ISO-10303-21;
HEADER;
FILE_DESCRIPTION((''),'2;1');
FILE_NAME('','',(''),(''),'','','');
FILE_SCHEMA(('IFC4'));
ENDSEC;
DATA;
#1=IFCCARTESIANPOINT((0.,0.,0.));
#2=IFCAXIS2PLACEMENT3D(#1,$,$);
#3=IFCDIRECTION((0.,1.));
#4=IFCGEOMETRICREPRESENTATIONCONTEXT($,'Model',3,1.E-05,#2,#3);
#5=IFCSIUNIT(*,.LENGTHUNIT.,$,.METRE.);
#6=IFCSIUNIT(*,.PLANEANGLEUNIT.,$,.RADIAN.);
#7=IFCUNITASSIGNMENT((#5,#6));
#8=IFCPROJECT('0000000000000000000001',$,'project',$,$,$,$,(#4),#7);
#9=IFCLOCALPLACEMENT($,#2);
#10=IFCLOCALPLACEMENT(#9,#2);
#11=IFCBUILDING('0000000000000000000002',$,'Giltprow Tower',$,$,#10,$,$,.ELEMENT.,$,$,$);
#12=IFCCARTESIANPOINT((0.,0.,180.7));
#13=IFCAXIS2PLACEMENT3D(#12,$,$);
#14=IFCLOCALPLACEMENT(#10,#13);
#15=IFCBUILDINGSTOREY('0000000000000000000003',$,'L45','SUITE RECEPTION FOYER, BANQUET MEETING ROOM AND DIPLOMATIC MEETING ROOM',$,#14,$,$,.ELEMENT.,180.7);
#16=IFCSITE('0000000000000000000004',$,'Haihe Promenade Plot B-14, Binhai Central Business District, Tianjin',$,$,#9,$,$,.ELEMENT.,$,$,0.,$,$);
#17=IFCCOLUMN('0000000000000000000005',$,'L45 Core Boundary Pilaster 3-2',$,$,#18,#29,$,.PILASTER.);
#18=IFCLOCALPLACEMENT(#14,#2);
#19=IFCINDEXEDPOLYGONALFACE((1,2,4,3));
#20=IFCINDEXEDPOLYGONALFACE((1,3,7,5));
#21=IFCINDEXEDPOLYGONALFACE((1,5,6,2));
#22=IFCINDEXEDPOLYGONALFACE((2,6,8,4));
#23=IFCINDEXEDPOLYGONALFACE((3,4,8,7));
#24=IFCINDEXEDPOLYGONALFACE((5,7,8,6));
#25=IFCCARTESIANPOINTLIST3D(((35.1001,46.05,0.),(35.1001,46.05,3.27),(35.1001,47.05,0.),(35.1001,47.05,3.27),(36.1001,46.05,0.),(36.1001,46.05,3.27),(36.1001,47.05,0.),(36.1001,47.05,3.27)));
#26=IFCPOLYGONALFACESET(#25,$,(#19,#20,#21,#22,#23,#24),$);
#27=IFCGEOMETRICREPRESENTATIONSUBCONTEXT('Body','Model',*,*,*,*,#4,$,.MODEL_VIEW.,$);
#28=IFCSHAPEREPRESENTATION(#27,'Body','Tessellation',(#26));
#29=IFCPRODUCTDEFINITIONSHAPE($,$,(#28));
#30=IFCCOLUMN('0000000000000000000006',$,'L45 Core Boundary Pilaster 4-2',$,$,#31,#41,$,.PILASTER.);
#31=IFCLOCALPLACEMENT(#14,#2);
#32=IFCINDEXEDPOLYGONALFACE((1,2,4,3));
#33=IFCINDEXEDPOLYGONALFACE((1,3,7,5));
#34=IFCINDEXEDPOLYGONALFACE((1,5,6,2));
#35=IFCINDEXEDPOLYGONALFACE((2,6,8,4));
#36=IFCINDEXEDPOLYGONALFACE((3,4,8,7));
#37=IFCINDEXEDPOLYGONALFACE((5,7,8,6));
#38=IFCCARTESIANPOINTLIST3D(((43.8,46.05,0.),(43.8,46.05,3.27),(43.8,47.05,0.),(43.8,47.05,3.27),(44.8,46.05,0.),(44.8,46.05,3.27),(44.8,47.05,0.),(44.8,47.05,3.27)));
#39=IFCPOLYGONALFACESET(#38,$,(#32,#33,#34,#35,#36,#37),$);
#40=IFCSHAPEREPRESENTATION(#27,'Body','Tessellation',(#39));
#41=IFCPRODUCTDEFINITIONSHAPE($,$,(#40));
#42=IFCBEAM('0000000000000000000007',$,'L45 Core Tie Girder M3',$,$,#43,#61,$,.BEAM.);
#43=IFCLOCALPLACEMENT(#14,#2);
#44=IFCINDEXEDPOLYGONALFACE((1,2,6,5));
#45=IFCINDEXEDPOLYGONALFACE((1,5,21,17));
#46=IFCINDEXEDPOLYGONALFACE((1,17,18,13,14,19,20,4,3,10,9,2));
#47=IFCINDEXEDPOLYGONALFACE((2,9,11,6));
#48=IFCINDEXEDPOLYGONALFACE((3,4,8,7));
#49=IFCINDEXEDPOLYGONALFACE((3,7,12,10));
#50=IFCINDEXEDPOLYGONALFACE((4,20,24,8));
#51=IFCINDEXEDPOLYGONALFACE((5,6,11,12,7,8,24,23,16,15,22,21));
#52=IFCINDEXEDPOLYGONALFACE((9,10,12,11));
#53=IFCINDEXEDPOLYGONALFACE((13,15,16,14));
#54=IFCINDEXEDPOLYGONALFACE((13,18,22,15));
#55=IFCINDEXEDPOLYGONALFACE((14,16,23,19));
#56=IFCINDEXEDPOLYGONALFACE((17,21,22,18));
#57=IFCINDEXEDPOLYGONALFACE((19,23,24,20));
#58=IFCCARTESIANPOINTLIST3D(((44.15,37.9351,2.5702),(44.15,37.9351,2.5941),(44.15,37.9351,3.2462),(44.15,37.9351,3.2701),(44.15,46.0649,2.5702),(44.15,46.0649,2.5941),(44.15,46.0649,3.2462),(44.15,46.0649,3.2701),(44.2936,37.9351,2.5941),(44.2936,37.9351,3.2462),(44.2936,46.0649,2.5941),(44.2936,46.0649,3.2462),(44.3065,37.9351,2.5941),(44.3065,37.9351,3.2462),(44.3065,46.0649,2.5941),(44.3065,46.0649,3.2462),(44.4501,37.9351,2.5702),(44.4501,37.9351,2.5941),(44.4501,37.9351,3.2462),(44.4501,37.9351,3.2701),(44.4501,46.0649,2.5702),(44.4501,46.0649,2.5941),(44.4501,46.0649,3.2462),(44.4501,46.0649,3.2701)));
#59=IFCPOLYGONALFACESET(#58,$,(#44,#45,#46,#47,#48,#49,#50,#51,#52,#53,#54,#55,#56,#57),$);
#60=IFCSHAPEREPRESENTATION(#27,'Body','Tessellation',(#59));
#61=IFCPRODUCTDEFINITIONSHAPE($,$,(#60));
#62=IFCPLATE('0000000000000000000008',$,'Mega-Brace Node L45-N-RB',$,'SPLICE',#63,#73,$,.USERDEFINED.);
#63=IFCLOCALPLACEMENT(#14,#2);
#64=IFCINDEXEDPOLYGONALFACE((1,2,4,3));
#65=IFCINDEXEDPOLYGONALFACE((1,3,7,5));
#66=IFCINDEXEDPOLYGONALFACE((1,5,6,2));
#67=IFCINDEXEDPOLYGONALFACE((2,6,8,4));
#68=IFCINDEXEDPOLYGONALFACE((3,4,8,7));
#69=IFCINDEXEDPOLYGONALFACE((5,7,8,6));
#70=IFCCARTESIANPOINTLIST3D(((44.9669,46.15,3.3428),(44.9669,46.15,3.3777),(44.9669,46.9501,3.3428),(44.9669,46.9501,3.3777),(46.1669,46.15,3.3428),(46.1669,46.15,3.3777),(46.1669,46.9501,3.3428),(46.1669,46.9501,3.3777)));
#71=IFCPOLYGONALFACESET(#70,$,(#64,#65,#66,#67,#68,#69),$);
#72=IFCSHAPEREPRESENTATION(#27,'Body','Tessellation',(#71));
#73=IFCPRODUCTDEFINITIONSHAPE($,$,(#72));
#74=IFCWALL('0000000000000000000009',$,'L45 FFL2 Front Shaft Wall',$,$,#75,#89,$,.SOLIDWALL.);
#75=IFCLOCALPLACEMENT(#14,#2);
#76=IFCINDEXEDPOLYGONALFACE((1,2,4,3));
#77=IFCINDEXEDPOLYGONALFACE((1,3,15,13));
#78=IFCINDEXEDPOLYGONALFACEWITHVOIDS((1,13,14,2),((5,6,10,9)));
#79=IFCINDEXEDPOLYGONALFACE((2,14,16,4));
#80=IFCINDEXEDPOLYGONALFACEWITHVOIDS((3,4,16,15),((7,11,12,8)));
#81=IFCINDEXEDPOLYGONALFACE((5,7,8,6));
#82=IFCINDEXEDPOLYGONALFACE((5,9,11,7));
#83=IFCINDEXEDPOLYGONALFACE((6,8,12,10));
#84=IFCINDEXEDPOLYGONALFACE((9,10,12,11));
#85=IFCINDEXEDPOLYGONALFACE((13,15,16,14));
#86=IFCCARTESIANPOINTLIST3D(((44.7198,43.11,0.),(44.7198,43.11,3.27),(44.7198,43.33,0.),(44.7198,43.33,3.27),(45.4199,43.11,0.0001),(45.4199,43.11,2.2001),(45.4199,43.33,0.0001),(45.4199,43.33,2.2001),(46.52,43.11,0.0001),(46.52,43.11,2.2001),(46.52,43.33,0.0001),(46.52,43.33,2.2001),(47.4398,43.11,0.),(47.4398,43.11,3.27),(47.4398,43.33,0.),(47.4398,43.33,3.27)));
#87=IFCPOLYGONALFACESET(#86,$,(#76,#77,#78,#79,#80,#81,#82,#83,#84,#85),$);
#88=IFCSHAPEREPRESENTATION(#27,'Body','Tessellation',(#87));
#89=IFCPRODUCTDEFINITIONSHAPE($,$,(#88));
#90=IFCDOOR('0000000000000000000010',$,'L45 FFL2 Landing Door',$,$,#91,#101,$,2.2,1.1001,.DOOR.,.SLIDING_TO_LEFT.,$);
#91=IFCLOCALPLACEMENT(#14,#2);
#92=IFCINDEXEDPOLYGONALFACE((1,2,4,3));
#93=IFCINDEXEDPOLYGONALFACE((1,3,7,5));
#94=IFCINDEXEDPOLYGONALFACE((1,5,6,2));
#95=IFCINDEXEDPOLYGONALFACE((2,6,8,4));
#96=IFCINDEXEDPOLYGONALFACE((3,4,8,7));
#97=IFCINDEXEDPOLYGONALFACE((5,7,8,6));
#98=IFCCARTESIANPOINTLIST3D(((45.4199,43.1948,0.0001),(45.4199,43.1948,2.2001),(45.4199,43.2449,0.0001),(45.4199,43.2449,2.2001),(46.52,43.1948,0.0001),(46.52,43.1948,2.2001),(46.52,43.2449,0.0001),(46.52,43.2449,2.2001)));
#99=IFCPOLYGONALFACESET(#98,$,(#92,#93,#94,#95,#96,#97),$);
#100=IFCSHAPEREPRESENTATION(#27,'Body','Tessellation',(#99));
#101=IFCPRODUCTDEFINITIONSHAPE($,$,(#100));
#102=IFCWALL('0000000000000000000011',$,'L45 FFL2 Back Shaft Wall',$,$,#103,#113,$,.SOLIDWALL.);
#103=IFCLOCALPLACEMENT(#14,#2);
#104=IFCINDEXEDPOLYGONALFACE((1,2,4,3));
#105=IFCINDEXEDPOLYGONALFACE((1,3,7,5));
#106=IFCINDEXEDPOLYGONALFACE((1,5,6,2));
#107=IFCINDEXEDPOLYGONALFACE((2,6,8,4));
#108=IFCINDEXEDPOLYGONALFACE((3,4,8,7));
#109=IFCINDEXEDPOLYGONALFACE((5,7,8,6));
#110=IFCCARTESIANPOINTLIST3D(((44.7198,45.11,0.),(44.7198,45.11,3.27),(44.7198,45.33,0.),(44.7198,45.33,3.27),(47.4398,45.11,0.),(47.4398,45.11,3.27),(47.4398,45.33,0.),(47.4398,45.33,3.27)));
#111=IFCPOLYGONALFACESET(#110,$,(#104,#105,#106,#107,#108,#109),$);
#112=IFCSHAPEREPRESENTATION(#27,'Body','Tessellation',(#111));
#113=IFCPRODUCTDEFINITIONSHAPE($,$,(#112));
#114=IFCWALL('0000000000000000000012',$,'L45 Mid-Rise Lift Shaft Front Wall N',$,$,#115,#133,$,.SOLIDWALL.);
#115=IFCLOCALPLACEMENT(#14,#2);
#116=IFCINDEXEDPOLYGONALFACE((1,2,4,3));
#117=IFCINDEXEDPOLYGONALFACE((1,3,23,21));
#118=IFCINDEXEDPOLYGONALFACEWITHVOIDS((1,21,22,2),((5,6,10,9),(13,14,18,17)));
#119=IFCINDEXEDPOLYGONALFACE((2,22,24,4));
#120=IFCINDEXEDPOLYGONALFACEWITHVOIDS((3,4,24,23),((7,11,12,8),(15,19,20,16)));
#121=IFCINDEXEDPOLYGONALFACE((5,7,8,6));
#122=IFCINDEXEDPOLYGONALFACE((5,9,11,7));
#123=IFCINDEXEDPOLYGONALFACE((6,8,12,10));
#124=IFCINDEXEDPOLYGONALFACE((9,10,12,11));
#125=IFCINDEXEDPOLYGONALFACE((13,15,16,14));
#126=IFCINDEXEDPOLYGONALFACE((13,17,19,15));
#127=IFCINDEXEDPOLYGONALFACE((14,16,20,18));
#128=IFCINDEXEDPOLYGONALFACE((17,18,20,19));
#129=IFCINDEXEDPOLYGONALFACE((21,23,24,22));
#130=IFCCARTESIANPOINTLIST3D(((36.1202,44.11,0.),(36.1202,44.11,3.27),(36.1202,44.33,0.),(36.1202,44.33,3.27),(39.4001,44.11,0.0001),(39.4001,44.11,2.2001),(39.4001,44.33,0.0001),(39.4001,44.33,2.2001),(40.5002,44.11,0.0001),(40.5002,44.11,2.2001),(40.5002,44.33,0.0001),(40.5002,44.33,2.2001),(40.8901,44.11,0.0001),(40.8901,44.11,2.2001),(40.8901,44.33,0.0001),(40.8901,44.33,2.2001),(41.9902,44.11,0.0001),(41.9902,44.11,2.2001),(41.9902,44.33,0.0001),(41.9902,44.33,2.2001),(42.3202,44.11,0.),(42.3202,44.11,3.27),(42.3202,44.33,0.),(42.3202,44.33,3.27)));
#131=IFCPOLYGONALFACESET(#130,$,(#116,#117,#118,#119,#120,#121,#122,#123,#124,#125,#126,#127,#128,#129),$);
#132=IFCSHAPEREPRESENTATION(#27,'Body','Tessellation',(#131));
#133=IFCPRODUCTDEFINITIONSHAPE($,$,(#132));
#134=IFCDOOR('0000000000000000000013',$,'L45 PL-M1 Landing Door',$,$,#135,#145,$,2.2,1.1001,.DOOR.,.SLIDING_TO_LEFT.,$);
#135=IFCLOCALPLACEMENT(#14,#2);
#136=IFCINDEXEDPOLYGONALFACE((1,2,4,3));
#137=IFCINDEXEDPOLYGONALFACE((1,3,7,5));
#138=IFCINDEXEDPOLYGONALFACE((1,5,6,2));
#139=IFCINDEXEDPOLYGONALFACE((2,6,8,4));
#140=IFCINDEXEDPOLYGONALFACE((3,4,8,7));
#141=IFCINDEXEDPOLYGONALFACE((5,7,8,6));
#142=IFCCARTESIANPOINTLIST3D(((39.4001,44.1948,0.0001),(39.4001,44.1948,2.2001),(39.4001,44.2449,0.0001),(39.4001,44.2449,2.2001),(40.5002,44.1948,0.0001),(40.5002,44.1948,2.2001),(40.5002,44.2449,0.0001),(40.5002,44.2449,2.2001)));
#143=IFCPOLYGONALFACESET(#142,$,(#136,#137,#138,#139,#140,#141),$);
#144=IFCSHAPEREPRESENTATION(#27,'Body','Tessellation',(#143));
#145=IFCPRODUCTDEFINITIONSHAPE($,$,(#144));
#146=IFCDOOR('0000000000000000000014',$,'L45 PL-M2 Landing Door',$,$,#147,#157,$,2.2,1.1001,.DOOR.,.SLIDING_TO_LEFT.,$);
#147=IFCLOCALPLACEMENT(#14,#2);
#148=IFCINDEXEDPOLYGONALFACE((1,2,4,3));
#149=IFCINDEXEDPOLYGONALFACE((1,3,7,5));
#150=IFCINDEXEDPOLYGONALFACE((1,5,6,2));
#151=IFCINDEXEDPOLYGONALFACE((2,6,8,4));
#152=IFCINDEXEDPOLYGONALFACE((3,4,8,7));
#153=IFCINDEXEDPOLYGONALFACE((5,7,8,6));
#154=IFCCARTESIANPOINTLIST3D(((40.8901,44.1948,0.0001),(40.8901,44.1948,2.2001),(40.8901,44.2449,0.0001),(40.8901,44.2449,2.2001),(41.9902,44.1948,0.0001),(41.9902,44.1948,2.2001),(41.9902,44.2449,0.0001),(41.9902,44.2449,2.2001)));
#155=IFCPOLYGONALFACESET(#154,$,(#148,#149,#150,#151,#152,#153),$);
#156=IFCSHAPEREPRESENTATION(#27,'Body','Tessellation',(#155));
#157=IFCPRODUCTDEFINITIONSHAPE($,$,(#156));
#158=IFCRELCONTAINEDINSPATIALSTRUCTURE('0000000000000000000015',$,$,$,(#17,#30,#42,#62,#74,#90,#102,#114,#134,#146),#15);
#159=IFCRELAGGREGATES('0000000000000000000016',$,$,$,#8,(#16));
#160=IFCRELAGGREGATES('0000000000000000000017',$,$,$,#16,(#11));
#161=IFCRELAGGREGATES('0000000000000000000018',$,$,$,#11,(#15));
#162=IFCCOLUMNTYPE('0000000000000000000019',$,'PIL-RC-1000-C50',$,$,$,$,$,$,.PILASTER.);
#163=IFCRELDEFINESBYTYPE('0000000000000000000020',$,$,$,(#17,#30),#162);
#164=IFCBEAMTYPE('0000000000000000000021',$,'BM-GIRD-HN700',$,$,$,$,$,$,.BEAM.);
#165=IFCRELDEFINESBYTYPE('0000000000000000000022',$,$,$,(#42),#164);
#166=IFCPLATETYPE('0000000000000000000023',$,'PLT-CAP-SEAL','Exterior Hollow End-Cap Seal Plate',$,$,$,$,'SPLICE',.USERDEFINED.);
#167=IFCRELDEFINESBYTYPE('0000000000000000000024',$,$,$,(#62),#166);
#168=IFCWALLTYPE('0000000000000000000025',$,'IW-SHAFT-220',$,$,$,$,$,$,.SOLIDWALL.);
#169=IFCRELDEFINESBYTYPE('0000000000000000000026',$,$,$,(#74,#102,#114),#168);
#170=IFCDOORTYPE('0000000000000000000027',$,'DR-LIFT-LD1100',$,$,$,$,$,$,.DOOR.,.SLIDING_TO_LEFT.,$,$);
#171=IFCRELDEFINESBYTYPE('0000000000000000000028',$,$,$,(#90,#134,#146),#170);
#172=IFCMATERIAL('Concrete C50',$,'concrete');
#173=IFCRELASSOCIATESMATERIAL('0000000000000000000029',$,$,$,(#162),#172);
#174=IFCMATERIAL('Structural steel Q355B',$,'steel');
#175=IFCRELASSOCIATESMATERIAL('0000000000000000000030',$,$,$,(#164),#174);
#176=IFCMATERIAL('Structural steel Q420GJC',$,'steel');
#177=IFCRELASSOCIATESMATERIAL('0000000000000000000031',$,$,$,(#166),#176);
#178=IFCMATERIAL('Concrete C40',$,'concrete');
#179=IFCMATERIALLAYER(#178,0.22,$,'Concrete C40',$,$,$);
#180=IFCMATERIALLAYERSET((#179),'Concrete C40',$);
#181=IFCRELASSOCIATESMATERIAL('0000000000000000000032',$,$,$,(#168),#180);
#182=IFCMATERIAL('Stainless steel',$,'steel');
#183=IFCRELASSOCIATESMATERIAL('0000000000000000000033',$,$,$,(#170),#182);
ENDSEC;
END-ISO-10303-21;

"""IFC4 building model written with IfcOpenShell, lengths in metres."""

from ifc_helpers import new_model, si_unit, direction, frame, frame_2d, origin, origin_2d, place, context, subcontext, project, spatial, rectangle, i_section, extrude, source, transform, mapped, material, layer, layer_set, material_profile, profile_set, type_object, element, fill, save


model = new_model("IFC4")

# Units and contexts
model_context = context("Model", 3, precision=1e-05, world=origin(), true_north=direction((0.0, 1.0)))
body_context = subcontext(model_context, "Body", "Model", "MODEL_VIEW")
ifc_project = project(units=[si_unit("LENGTHUNIT", "METRE"), si_unit("PLANEANGLEUNIT", "RADIAN")], contexts=[model_context])

# Site, building, storey
site_placement = place(None, origin())
site = spatial("IfcSite", under=ifc_project, at=site_placement, Name="Haihe Promenade Plot B-14, Binhai Central Business District, Tianjin", CompositionType="ELEMENT", RefElevation=0.0)
building_placement = place(site_placement, origin())
building = spatial("IfcBuilding", under=site, at=building_placement, Name="Giltprow Tower", CompositionType="ELEMENT")
storey_placement = place(building_placement, frame((0.0, 0.0, 180.7)))
storey = spatial("IfcBuildingStorey", under=building, at=storey_placement, Name="L45", Description="SUITE RECEPTION FOYER, BANQUET MEETING ROOM AND DIPLOMATIC MEETING ROOM", CompositionType="ELEMENT", Elevation=180.7)

# Columns
ifc_material_1 = material(Name="Concrete C50", Category="concrete")
ifc_material_profile_1 = material_profile(ifc_material_1, rectangle(XDim=1.0, YDim=1.0, at=origin_2d()), Name="RC 1000x1000")
ifc_profile_set_1 = profile_set([ifc_material_profile_1], Name="Concrete C50")
column_type = type_object("IfcColumnType", Name="PIL-RC-1000-C50", PredefinedType="PILASTER", material=ifc_profile_set_1)
shared_shape_1 = source(origin(), body_context, "Body", "SweptSolid", [
    extrude(rectangle(XDim=1.0, YDim=1.0, at=origin_2d()), origin(), (0.0, 0.0, 1.0), 3.27),
])
for number, where, z_axis, x_axis, name in (
    (1, (35.6001, 46.55, 0.0), (0.0, 0.0, 1.0), (1.0, 0.0, 0.0), "L45 Core Boundary Pilaster 3-2"),
    (2, (44.3, 46.55, 0.0), (0.0, 0.0, 1.0), (1.0, 0.0, 0.0), "L45 Core Boundary Pilaster 4-2"),
):
    element("IfcColumn", number, at=place(storey_placement, frame(where, z_axis=z_axis, x_axis=x_axis)), inside=storey, type_object=column_type, Name=name, PredefinedType="PILASTER", context=body_context, shape_type="MappedRepresentation", body=[
        mapped(shared_shape_1, transform((0.0, 0.0, 0.0), x_axis=(1.0, 0.0, 0.0), y_axis=(0.0, 1.0, 0.0), z_axis=(0.0, 0.0, 1.0), scale=1.0)),
    ])

# Beam
ifc_material_2 = material(Name="Structural steel Q355B", Category="steel")
ifc_material_profile_2 = material_profile(ifc_material_2, i_section(OverallWidth=0.3, OverallDepth=0.7, WebThickness=0.0129, FlangeThickness=0.0239, at=origin_2d()), Name="HN 700x300x13x24")
ifc_profile_set_2 = profile_set([ifc_material_profile_2], Name="Structural steel Q355B")
beam_type = type_object("IfcBeamType", Name="BM-GIRD-HN700", PredefinedType="BEAM", material=ifc_profile_set_2)
shared_shape_2 = source(origin(), body_context, "Body", "SweptSolid", [
    extrude(i_section(OverallWidth=0.3, OverallDepth=0.7, WebThickness=0.0129, FlangeThickness=0.0239, at=origin_2d()), origin(), (0.0, 0.0, 1.0), 8.1299),
])
beam_placement = place(storey_placement, frame((44.3, 37.9351, 2.9202), z_axis=(0.0, 1.0, 0.0), x_axis=(-1.0, 0.0, 0.0)))
element("IfcBeam", 3, at=beam_placement, inside=storey, type_object=beam_type, Name="L45 Core Tie Girder M3", PredefinedType="BEAM", context=body_context, shape_type="MappedRepresentation", body=[
    mapped(shared_shape_2, transform((0.0, 0.0, 0.0), x_axis=(1.0, 0.0, 0.0), y_axis=(0.0, 1.0, 0.0), z_axis=(0.0, 0.0, 1.0), scale=1.0)),
])

# Plate
ifc_material_3 = material(Name="Structural steel Q420GJC", Category="steel")
plate_type = type_object("IfcPlateType", Name="PLT-CAP-SEAL", Description="Exterior Hollow End-Cap Seal Plate", ElementType="SPLICE", PredefinedType="USERDEFINED", material=ifc_material_3)
shared_shape_3 = source(origin(), body_context, "Body", "SweptSolid", [
    extrude(rectangle(XDim=1.2, YDim=0.8, at=origin_2d()), origin(), (0.0, 0.0, 1.0), 0.0349),
])
plate_placement = place(storey_placement, frame((45.5669, 46.55, 3.3428), z_axis=(0.0, 0.0, 1.0), x_axis=(1.0, 0.0, 0.0)))
element("IfcPlate", 4, at=plate_placement, inside=storey, type_object=plate_type, Name="Mega-Brace Node L45-N-RB", ObjectType="SPLICE", PredefinedType="USERDEFINED", context=body_context, shape_type="MappedRepresentation", body=[
    mapped(shared_shape_3, transform((0.0, 0.0, 0.0), x_axis=(1.0, 0.0, 0.0), y_axis=(0.0, 1.0, 0.0), z_axis=(0.0, 0.0, 1.0), scale=1.0)),
])

# Wall, opening, door
ifc_material_4 = material(Name="Concrete C40", Category="concrete")
ifc_layer_1 = layer(ifc_material_4, 0.22, Name="Concrete C40")
ifc_layer_set_1 = layer_set([ifc_layer_1], Name="Concrete C40")
wall_type_1 = type_object("IfcWallType", Name="IW-SHAFT-220", PredefinedType="SOLIDWALL", material=ifc_layer_set_1)
wall_1_placement = place(storey_placement, frame((44.72, 43.22, 0.0), z_axis=(0.0, 0.0, 1.0), x_axis=(1.0, 0.0, 0.0)))
wall_1 = element("IfcWall", 5, at=wall_1_placement, inside=storey, type_object=wall_type_1, Name="L45 FFL2 Front Shaft Wall", PredefinedType="SOLIDWALL", context=body_context, shape_type="SweptSolid", body=[
    extrude(rectangle(XDim=2.72, YDim=0.22, at=frame_2d((1.3599, 0.0))), origin(), (0.0, 0.0, 1.0), 3.27),
])
opening_1_placement = place(wall_1_placement, frame((0.7, 0.0, 0.0)))
opening_1 = element("IfcOpeningElement", 6, at=opening_1_placement, cuts=wall_1, PredefinedType="OPENING", context=body_context, shape_type="SweptSolid", body=[
    extrude(rectangle(XDim=1.1001, YDim=2.2, at=frame_2d((0.55, 1.1001))), frame((0.0, 0.1199, 0.0), z_axis=(0.0, -1.0, 0.0), x_axis=(1.0, 0.0, 0.0)), (0.0, 0.0, 1.0), 0.24),
])
ifc_material_5 = material(Name="Stainless steel", Category="steel")
door_type_1 = type_object("IfcDoorType", Name="DR-LIFT-LD1100", OperationType="SLIDING_TO_LEFT", PredefinedType="DOOR", material=ifc_material_5)
shared_shape_4 = source(origin(), body_context, "Body", "SweptSolid", [
    extrude(rectangle(XDim=1.1001, YDim=2.2, at=frame_2d((0.55, 1.1001))), frame((0.0, 0.0249, 0.0), z_axis=(0.0, -1.0, 0.0), x_axis=(1.0, 0.0, 0.0)), (0.0, 0.0, 1.0), 0.05),
])
door_1_placement = place(opening_1_placement, origin())
door_1 = element("IfcDoor", 7, at=door_1_placement, inside=storey, type_object=door_type_1, Name="L45 FFL2 Landing Door", OperationType="SLIDING_TO_LEFT", OverallHeight=2.2, OverallWidth=1.1001, PredefinedType="DOOR", context=body_context, shape_type="MappedRepresentation", body=[
    mapped(shared_shape_4, transform((0.0, 0.0, 0.0), x_axis=(1.0, 0.0, 0.0), y_axis=(0.0, 1.0, 0.0), z_axis=(0.0, 0.0, 1.0), scale=1.0)),
])
fill(opening_1, door_1)

# Wall
wall_2_placement = place(storey_placement, frame((44.72, 45.22, 0.0), z_axis=(0.0, 0.0, 1.0), x_axis=(1.0, 0.0, 0.0)))
element("IfcWall", 8, at=wall_2_placement, inside=storey, type_object=wall_type_1, Name="L45 FFL2 Back Shaft Wall", PredefinedType="SOLIDWALL", context=body_context, shape_type="SweptSolid", body=[
    extrude(rectangle(XDim=2.72, YDim=0.22, at=frame_2d((1.3599, 0.0))), origin(), (0.0, 0.0, 1.0), 3.27),
])

# Wall, openings, doors
wall_3_placement = place(storey_placement, frame((36.1201, 44.22, 0.0), z_axis=(0.0, 0.0, 1.0), x_axis=(1.0, 0.0, 0.0)))
wall_3 = element("IfcWall", 9, at=wall_3_placement, inside=storey, type_object=wall_type_1, Name="L45 Mid-Rise Lift Shaft Front Wall N", PredefinedType="SOLIDWALL", context=body_context, shape_type="SweptSolid", body=[
    extrude(rectangle(XDim=6.2, YDim=0.22, at=frame_2d((3.1001, 0.0))), origin(), (0.0, 0.0, 1.0), 3.27),
])
opening_2_placement = place(wall_3_placement, frame((3.28, 0.0, 0.0)))
opening_2 = element("IfcOpeningElement", 10, at=opening_2_placement, cuts=wall_3, PredefinedType="OPENING", context=body_context, shape_type="SweptSolid", body=[
    extrude(rectangle(XDim=1.1001, YDim=2.2, at=frame_2d((0.55, 1.1001))), frame((0.0, 0.1199, 0.0), z_axis=(0.0, -1.0, 0.0), x_axis=(1.0, 0.0, 0.0)), (0.0, 0.0, 1.0), 0.24),
])
opening_3_placement = place(wall_3_placement, frame((4.77, 0.0, 0.0)))
opening_3 = element("IfcOpeningElement", 11, at=opening_3_placement, cuts=wall_3, PredefinedType="OPENING", context=body_context, shape_type="SweptSolid", body=[
    extrude(rectangle(XDim=1.1001, YDim=2.2, at=frame_2d((0.55, 1.1001))), frame((0.0, 0.1199, 0.0), z_axis=(0.0, -1.0, 0.0), x_axis=(1.0, 0.0, 0.0)), (0.0, 0.0, 1.0), 0.24),
])
door_2_placement = place(opening_2_placement, origin())
door_2 = element("IfcDoor", 12, at=door_2_placement, inside=storey, type_object=door_type_1, Name="L45 PL-M1 Landing Door", OperationType="SLIDING_TO_LEFT", OverallHeight=2.2, OverallWidth=1.1001, PredefinedType="DOOR", context=body_context, shape_type="MappedRepresentation", body=[
    mapped(shared_shape_4, transform((0.0, 0.0, 0.0), x_axis=(1.0, 0.0, 0.0), y_axis=(0.0, 1.0, 0.0), z_axis=(0.0, 0.0, 1.0), scale=1.0)),
])
fill(opening_2, door_2)
door_3_placement = place(opening_3_placement, origin())
door_3 = element("IfcDoor", 13, at=door_3_placement, inside=storey, type_object=door_type_1, Name="L45 PL-M2 Landing Door", OperationType="SLIDING_TO_LEFT", OverallHeight=2.2, OverallWidth=1.1001, PredefinedType="DOOR", context=body_context, shape_type="MappedRepresentation", body=[
    mapped(shared_shape_4, transform((0.0, 0.0, 0.0), x_axis=(1.0, 0.0, 0.0), y_axis=(0.0, 1.0, 0.0), z_axis=(0.0, 0.0, 1.0), scale=1.0)),
])
fill(opening_3, door_3)

save(model, "model.ifc")
